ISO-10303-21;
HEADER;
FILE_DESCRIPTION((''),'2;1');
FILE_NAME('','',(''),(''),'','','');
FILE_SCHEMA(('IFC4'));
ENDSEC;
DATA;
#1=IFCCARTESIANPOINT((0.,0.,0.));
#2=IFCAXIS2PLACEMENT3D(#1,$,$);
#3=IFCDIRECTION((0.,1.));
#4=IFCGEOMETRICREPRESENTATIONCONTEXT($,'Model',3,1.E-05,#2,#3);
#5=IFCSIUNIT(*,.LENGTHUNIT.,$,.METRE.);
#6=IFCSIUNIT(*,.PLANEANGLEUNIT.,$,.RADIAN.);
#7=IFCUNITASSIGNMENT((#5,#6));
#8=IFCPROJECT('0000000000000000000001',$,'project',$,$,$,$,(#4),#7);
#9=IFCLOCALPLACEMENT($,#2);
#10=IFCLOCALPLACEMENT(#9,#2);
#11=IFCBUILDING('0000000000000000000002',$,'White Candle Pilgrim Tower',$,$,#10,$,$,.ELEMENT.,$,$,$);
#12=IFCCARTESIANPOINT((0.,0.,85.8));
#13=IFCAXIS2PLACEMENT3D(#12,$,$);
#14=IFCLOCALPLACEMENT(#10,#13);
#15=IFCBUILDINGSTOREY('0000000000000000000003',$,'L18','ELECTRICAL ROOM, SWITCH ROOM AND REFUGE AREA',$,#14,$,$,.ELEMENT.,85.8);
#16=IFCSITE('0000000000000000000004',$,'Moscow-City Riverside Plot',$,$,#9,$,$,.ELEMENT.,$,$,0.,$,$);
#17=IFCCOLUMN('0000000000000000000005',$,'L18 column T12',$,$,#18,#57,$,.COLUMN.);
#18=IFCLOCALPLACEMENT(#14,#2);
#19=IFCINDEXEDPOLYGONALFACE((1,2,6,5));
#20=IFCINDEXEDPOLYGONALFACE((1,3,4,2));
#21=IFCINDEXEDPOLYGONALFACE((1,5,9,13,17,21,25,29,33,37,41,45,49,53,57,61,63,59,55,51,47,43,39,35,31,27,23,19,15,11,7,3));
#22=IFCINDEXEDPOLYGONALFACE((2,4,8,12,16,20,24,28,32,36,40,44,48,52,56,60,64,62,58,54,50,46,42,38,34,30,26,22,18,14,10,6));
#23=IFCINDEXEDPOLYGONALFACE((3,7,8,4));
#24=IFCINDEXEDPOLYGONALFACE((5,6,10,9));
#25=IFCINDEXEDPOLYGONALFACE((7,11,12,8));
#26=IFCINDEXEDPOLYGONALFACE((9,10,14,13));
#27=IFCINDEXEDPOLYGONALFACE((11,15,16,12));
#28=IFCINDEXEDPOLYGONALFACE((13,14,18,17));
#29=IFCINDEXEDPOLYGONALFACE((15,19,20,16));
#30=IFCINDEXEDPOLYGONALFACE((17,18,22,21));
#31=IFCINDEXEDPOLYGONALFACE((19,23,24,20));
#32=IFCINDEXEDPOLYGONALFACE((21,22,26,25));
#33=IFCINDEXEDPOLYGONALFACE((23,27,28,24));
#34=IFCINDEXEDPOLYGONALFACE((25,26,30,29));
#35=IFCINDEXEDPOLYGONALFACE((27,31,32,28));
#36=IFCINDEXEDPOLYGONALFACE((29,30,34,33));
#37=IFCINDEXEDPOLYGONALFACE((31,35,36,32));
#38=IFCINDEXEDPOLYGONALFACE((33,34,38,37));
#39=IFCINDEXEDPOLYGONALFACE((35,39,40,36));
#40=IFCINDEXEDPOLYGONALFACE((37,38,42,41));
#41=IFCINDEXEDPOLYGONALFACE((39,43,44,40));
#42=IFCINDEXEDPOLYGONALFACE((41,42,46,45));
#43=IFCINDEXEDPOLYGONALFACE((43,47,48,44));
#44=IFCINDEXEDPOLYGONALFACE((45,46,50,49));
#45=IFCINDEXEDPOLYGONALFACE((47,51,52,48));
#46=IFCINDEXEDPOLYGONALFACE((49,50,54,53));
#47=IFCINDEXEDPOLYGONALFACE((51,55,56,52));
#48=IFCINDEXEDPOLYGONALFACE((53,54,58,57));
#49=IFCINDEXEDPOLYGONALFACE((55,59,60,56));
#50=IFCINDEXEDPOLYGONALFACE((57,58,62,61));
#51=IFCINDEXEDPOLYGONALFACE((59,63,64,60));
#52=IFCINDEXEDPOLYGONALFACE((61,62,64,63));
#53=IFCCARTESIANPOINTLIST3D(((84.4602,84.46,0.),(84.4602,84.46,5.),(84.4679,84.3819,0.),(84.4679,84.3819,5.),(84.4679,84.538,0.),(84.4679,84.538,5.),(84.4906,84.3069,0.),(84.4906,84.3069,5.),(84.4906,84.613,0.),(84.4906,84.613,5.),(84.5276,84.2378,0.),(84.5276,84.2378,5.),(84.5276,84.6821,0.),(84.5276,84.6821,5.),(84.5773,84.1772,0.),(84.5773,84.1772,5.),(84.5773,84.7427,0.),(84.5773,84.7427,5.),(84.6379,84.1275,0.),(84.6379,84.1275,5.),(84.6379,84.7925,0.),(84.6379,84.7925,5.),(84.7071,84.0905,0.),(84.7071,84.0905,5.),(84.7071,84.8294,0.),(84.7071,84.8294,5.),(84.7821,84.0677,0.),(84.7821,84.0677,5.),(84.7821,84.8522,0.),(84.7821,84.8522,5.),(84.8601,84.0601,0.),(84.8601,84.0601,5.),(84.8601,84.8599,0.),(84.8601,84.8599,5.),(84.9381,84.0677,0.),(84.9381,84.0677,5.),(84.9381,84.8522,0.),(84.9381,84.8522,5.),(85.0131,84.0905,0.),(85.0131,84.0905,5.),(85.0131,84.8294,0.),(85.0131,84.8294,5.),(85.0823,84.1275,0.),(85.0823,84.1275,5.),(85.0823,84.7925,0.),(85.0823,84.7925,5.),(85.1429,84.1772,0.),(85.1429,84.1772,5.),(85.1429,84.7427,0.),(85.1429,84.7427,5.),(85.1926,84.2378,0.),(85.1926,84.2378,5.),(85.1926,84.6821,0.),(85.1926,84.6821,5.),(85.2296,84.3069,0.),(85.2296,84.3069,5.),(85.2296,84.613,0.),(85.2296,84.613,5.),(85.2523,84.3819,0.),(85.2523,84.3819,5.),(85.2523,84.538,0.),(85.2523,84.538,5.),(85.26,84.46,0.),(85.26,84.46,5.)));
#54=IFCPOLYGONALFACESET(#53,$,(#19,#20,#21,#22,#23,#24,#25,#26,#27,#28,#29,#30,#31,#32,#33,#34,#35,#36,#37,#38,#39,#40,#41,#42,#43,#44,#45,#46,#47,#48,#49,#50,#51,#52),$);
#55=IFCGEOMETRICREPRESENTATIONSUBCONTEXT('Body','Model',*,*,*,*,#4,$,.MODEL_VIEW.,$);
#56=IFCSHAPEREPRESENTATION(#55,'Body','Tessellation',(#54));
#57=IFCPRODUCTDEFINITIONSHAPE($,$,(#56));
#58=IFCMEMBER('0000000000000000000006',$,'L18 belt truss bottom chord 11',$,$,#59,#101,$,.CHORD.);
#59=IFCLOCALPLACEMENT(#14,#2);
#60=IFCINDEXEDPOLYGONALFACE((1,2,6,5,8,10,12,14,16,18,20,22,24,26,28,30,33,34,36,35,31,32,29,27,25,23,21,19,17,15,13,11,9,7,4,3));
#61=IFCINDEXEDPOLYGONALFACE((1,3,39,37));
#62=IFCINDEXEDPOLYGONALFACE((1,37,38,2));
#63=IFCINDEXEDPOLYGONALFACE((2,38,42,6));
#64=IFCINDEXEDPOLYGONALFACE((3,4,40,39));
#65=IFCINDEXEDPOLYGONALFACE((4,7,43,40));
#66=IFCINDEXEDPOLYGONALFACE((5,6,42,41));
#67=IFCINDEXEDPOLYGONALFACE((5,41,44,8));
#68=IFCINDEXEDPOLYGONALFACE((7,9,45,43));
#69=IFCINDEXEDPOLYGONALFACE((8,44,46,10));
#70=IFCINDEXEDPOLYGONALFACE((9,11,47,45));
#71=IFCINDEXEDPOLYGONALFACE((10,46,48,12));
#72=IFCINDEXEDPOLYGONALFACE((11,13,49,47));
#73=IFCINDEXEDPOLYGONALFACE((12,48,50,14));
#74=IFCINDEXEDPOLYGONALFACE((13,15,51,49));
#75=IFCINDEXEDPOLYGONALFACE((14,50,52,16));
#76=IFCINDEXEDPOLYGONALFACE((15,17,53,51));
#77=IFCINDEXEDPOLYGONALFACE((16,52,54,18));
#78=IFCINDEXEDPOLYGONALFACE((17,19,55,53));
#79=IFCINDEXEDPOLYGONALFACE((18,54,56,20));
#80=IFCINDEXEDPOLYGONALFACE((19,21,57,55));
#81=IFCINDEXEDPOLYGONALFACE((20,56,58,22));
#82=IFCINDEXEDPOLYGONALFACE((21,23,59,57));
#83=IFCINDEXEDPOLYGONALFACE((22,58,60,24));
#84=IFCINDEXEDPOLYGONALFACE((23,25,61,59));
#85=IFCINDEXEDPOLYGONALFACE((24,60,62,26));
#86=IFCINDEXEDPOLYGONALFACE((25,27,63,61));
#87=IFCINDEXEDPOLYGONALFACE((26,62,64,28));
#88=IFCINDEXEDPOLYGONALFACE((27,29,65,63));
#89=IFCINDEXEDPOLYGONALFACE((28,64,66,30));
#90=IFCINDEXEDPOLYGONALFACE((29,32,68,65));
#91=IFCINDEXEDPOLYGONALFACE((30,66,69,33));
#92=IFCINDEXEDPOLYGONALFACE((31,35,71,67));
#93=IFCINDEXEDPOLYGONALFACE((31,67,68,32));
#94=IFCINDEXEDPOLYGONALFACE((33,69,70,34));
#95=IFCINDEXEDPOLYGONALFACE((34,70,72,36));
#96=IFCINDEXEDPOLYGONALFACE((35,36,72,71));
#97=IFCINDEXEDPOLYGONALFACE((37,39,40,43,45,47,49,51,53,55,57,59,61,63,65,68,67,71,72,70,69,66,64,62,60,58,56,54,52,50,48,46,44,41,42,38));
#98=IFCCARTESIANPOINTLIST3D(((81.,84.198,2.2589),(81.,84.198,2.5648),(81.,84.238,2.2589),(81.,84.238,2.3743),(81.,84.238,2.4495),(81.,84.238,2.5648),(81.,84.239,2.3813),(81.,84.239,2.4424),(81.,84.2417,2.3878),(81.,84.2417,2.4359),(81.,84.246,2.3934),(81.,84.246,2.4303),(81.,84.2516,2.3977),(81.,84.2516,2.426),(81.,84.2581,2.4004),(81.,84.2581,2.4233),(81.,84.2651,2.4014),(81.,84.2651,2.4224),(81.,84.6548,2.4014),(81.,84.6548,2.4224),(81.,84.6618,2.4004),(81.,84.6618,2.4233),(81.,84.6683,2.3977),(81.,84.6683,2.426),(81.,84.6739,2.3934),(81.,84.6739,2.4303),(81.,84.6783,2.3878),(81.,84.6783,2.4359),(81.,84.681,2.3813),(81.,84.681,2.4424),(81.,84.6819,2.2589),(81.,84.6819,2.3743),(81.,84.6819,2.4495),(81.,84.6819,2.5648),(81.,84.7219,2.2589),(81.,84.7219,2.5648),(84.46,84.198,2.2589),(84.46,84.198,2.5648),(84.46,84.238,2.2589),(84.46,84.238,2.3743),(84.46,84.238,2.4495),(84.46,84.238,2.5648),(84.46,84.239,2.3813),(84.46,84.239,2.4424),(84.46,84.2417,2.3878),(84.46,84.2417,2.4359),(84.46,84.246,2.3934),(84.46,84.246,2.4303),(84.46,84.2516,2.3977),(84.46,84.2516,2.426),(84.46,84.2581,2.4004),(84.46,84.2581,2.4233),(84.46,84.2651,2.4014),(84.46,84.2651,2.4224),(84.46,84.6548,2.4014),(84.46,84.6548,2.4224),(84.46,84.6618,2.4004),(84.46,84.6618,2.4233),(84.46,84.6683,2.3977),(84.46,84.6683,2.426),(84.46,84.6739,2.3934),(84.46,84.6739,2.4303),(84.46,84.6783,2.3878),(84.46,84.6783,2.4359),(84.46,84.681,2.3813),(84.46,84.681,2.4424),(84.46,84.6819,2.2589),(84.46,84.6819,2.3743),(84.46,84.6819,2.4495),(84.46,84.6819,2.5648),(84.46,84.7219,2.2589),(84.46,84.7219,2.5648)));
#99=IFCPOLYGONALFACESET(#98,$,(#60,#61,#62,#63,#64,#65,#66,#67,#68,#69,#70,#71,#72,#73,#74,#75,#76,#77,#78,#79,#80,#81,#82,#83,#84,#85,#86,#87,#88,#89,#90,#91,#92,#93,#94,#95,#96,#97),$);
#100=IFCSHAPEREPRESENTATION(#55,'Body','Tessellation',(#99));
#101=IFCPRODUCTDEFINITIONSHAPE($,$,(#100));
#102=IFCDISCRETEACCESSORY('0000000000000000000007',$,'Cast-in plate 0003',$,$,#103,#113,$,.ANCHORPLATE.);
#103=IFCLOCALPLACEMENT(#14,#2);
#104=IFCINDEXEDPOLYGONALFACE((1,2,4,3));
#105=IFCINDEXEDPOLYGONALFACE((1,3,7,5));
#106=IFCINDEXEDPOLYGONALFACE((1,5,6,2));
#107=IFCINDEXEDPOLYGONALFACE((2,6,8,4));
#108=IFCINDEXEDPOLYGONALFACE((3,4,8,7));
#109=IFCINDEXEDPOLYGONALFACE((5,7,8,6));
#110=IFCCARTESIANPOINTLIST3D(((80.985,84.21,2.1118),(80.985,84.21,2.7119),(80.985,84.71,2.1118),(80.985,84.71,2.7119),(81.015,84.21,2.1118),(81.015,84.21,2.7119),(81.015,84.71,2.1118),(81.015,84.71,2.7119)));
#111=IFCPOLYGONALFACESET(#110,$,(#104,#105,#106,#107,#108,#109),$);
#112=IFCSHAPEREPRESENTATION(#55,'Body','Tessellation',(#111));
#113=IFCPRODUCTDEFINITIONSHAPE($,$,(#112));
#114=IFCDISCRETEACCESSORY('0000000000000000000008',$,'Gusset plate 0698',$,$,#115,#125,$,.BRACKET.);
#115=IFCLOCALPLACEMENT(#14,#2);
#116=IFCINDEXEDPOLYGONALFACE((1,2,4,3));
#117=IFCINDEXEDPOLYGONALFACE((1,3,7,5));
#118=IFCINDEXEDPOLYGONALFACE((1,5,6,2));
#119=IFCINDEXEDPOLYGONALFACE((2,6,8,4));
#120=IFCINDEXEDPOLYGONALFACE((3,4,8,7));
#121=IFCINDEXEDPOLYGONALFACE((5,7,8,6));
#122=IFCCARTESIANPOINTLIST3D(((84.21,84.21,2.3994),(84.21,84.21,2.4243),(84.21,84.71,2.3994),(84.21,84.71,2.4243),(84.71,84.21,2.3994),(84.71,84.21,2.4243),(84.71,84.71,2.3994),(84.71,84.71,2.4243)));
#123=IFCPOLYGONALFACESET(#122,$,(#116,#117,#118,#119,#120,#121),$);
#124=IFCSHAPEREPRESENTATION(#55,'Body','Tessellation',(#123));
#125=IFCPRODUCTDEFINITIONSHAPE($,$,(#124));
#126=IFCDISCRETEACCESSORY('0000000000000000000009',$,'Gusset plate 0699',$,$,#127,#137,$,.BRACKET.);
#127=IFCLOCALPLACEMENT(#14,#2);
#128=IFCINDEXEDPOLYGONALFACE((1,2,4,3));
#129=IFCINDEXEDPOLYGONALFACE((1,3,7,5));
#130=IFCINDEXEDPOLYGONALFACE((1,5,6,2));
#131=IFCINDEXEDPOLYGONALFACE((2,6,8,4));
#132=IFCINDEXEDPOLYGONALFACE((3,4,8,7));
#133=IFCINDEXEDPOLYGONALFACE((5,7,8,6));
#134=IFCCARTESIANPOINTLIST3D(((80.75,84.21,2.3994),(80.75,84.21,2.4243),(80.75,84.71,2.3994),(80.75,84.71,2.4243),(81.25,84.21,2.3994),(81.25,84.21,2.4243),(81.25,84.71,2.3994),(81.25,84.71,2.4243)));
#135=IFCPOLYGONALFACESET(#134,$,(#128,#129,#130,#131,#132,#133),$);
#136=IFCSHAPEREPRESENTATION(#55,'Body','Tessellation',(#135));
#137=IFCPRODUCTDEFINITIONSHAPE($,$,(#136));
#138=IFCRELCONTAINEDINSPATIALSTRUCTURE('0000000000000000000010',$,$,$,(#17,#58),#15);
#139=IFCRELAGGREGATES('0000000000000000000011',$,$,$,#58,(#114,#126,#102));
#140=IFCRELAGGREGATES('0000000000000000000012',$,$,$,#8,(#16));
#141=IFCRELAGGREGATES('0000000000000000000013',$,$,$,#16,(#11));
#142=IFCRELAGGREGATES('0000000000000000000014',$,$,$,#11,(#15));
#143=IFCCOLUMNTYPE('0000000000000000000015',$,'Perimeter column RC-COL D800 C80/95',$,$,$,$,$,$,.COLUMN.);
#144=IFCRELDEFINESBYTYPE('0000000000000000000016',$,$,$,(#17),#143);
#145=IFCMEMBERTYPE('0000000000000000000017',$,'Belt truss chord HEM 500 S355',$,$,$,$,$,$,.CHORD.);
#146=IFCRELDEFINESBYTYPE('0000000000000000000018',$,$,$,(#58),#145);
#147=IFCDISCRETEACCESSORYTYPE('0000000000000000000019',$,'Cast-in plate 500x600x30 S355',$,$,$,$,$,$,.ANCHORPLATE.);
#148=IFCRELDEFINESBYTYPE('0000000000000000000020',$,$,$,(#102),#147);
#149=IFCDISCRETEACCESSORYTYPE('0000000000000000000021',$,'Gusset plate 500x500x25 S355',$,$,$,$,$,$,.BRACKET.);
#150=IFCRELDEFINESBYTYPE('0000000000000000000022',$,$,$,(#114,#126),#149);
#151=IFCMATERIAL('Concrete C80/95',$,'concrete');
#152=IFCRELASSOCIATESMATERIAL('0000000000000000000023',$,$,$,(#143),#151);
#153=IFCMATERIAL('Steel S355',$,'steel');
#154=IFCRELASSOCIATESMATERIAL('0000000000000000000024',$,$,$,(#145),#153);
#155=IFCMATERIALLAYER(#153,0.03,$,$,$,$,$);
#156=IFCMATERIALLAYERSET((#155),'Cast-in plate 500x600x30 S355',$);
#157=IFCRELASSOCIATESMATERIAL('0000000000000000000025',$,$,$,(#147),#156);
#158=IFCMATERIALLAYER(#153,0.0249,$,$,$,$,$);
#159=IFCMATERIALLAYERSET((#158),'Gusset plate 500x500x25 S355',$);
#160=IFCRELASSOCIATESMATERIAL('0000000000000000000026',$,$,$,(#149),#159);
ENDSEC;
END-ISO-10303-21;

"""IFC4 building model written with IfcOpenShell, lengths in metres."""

from ifc_helpers import new_model, si_unit, direction, frame, origin, origin_2d, place, context, subcontext, project, spatial, rectangle, circle, i_section, extrude, material, layer, layer_set, material_profile, profile_set, type_object, element, aggregate, save


model = new_model("IFC4")

# Units and contexts
model_context = context("Model", 3, precision=1e-05, world=origin(), true_north=direction((0.0, 1.0)))
body_context = subcontext(model_context, "Body", "Model", "MODEL_VIEW")
ifc_project = project(units=[si_unit("LENGTHUNIT", "METRE"), si_unit("PLANEANGLEUNIT", "RADIAN")], contexts=[model_context])

# Site, building, storey
site_placement = place(None, origin())
site = spatial("IfcSite", under=ifc_project, at=site_placement, Name="Moscow-City Riverside Plot", CompositionType="ELEMENT", RefElevation=0.0)
building_placement = place(site_placement, origin())
building = spatial("IfcBuilding", under=site, at=building_placement, Name="White Candle Pilgrim Tower", CompositionType="ELEMENT")
storey_placement = place(building_placement, frame((0.0, 0.0, 85.8)))
storey = spatial("IfcBuildingStorey", under=building, at=storey_placement, Name="L18", Description="ELECTRICAL ROOM, SWITCH ROOM AND REFUGE AREA", CompositionType="ELEMENT", Elevation=85.8)

# Column
ifc_material_1 = material(Name="Concrete C80/95", Category="concrete")
ifc_material_profile_1 = material_profile(ifc_material_1, circle(Radius=0.3999, at=origin_2d()), Name="RC-COL D800")
ifc_profile_set_1 = profile_set([ifc_material_profile_1], Name="Concrete C80/95")
column_type = type_object("IfcColumnType", Name="Perimeter column RC-COL D800 C80/95", PredefinedType="COLUMN", material=ifc_profile_set_1)
column_placement = place(storey_placement, frame((84.8601, 84.46, 0.0), z_axis=(0.0, 0.0, 1.0), x_axis=(1.0, 0.0, 0.0)))
element("IfcColumn", 1, at=column_placement, inside=storey, type_object=column_type, Name="L18 column T12", PredefinedType="COLUMN", context=body_context, shape_type="SweptSolid", body=[
    extrude(circle(Radius=0.3999, at=origin_2d()), origin(), (0.0, 0.0, 1.0), 5.0),
])

# Member
ifc_material_2 = material(Name="Steel S355", Category="steel")
ifc_material_profile_2 = material_profile(ifc_material_2, i_section(OverallWidth=0.3059, OverallDepth=0.5239, WebThickness=0.021, FlangeThickness=0.04, FilletRadius=0.0271, at=origin_2d()), Name="HEM 500")
ifc_profile_set_2 = profile_set([ifc_material_profile_2], Name="Steel S355")
member_type_1 = type_object("IfcMemberType", Name="Belt truss chord HEM 500 S355", PredefinedType="CHORD", material=ifc_profile_set_2)
member_1_placement = place(storey_placement, frame((84.46, 84.46, 2.4119), z_axis=(-1.0, 0.0, 0.0), x_axis=(0.0, 0.0, -1.0)))
member_1 = element("IfcMember", 2, at=member_1_placement, inside=storey, type_object=member_type_1, Name="L18 belt truss bottom chord 11", PredefinedType="CHORD", context=body_context, shape_type="SweptSolid", body=[
    extrude(i_section(OverallWidth=0.3059, OverallDepth=0.5239, WebThickness=0.021, FlangeThickness=0.04, FilletRadius=0.0271, at=origin_2d()), origin(), (0.0, 0.0, 1.0), 3.46),
])

# Discrete accessories
ifc_layer_1 = layer(ifc_material_2, 0.03)
ifc_layer_set_1 = layer_set([ifc_layer_1], Name="Cast-in plate 500x600x30 S355")
discrete_accessory_type_1 = type_object("IfcDiscreteAccessoryType", Name="Cast-in plate 500x600x30 S355", PredefinedType="ANCHORPLATE", material=ifc_layer_set_1)
discrete_accessory_1_placement = place(storey_placement, frame((81.0, 84.46, 2.1118), z_axis=(0.0, 0.0, 1.0), x_axis=(1.0, 0.0, 0.0)))
discrete_accessory_1 = element("IfcDiscreteAccessory", 3, at=discrete_accessory_1_placement, type_object=discrete_accessory_type_1, Name="Cast-in plate 0003", PredefinedType="ANCHORPLATE", context=body_context, shape_type="SweptSolid", body=[
    extrude(rectangle(XDim=0.03, YDim=0.5, at=origin_2d()), origin(), (0.0, 0.0, 1.0), 0.6001),
])
ifc_layer_2 = layer(ifc_material_2, 0.0249)
ifc_layer_set_2 = layer_set([ifc_layer_2], Name="Gusset plate 500x500x25 S355")
discrete_accessory_type_2 = type_object("IfcDiscreteAccessoryType", Name="Gusset plate 500x500x25 S355", PredefinedType="BRACKET", material=ifc_layer_set_2)
discrete_accessory_2_placement = place(storey_placement, frame((84.46, 84.46, 2.3994), z_axis=(0.0, 0.0, 1.0), x_axis=(1.0, 0.0, 0.0)))
discrete_accessory_2 = element("IfcDiscreteAccessory", 4, at=discrete_accessory_2_placement, type_object=discrete_accessory_type_2, Name="Gusset plate 0698", PredefinedType="BRACKET", context=body_context, shape_type="SweptSolid", body=[
    extrude(rectangle(XDim=0.5, YDim=0.5, at=origin_2d()), origin(), (0.0, 0.0, 1.0), 0.0249),
])
discrete_accessory_3_placement = place(storey_placement, frame((81.0, 84.46, 2.3994), z_axis=(0.0, 0.0, 1.0), x_axis=(1.0, 0.0, 0.0)))
discrete_accessory_3 = element("IfcDiscreteAccessory", 5, at=discrete_accessory_3_placement, type_object=discrete_accessory_type_2, Name="Gusset plate 0699", PredefinedType="BRACKET", context=body_context, shape_type="SweptSolid", body=[
    extrude(rectangle(XDim=0.5, YDim=0.5, at=origin_2d()), origin(), (0.0, 0.0, 1.0), 0.0249),
])
aggregate(member_1, [discrete_accessory_2, discrete_accessory_3, discrete_accessory_1])

save(model, "model.ifc")
